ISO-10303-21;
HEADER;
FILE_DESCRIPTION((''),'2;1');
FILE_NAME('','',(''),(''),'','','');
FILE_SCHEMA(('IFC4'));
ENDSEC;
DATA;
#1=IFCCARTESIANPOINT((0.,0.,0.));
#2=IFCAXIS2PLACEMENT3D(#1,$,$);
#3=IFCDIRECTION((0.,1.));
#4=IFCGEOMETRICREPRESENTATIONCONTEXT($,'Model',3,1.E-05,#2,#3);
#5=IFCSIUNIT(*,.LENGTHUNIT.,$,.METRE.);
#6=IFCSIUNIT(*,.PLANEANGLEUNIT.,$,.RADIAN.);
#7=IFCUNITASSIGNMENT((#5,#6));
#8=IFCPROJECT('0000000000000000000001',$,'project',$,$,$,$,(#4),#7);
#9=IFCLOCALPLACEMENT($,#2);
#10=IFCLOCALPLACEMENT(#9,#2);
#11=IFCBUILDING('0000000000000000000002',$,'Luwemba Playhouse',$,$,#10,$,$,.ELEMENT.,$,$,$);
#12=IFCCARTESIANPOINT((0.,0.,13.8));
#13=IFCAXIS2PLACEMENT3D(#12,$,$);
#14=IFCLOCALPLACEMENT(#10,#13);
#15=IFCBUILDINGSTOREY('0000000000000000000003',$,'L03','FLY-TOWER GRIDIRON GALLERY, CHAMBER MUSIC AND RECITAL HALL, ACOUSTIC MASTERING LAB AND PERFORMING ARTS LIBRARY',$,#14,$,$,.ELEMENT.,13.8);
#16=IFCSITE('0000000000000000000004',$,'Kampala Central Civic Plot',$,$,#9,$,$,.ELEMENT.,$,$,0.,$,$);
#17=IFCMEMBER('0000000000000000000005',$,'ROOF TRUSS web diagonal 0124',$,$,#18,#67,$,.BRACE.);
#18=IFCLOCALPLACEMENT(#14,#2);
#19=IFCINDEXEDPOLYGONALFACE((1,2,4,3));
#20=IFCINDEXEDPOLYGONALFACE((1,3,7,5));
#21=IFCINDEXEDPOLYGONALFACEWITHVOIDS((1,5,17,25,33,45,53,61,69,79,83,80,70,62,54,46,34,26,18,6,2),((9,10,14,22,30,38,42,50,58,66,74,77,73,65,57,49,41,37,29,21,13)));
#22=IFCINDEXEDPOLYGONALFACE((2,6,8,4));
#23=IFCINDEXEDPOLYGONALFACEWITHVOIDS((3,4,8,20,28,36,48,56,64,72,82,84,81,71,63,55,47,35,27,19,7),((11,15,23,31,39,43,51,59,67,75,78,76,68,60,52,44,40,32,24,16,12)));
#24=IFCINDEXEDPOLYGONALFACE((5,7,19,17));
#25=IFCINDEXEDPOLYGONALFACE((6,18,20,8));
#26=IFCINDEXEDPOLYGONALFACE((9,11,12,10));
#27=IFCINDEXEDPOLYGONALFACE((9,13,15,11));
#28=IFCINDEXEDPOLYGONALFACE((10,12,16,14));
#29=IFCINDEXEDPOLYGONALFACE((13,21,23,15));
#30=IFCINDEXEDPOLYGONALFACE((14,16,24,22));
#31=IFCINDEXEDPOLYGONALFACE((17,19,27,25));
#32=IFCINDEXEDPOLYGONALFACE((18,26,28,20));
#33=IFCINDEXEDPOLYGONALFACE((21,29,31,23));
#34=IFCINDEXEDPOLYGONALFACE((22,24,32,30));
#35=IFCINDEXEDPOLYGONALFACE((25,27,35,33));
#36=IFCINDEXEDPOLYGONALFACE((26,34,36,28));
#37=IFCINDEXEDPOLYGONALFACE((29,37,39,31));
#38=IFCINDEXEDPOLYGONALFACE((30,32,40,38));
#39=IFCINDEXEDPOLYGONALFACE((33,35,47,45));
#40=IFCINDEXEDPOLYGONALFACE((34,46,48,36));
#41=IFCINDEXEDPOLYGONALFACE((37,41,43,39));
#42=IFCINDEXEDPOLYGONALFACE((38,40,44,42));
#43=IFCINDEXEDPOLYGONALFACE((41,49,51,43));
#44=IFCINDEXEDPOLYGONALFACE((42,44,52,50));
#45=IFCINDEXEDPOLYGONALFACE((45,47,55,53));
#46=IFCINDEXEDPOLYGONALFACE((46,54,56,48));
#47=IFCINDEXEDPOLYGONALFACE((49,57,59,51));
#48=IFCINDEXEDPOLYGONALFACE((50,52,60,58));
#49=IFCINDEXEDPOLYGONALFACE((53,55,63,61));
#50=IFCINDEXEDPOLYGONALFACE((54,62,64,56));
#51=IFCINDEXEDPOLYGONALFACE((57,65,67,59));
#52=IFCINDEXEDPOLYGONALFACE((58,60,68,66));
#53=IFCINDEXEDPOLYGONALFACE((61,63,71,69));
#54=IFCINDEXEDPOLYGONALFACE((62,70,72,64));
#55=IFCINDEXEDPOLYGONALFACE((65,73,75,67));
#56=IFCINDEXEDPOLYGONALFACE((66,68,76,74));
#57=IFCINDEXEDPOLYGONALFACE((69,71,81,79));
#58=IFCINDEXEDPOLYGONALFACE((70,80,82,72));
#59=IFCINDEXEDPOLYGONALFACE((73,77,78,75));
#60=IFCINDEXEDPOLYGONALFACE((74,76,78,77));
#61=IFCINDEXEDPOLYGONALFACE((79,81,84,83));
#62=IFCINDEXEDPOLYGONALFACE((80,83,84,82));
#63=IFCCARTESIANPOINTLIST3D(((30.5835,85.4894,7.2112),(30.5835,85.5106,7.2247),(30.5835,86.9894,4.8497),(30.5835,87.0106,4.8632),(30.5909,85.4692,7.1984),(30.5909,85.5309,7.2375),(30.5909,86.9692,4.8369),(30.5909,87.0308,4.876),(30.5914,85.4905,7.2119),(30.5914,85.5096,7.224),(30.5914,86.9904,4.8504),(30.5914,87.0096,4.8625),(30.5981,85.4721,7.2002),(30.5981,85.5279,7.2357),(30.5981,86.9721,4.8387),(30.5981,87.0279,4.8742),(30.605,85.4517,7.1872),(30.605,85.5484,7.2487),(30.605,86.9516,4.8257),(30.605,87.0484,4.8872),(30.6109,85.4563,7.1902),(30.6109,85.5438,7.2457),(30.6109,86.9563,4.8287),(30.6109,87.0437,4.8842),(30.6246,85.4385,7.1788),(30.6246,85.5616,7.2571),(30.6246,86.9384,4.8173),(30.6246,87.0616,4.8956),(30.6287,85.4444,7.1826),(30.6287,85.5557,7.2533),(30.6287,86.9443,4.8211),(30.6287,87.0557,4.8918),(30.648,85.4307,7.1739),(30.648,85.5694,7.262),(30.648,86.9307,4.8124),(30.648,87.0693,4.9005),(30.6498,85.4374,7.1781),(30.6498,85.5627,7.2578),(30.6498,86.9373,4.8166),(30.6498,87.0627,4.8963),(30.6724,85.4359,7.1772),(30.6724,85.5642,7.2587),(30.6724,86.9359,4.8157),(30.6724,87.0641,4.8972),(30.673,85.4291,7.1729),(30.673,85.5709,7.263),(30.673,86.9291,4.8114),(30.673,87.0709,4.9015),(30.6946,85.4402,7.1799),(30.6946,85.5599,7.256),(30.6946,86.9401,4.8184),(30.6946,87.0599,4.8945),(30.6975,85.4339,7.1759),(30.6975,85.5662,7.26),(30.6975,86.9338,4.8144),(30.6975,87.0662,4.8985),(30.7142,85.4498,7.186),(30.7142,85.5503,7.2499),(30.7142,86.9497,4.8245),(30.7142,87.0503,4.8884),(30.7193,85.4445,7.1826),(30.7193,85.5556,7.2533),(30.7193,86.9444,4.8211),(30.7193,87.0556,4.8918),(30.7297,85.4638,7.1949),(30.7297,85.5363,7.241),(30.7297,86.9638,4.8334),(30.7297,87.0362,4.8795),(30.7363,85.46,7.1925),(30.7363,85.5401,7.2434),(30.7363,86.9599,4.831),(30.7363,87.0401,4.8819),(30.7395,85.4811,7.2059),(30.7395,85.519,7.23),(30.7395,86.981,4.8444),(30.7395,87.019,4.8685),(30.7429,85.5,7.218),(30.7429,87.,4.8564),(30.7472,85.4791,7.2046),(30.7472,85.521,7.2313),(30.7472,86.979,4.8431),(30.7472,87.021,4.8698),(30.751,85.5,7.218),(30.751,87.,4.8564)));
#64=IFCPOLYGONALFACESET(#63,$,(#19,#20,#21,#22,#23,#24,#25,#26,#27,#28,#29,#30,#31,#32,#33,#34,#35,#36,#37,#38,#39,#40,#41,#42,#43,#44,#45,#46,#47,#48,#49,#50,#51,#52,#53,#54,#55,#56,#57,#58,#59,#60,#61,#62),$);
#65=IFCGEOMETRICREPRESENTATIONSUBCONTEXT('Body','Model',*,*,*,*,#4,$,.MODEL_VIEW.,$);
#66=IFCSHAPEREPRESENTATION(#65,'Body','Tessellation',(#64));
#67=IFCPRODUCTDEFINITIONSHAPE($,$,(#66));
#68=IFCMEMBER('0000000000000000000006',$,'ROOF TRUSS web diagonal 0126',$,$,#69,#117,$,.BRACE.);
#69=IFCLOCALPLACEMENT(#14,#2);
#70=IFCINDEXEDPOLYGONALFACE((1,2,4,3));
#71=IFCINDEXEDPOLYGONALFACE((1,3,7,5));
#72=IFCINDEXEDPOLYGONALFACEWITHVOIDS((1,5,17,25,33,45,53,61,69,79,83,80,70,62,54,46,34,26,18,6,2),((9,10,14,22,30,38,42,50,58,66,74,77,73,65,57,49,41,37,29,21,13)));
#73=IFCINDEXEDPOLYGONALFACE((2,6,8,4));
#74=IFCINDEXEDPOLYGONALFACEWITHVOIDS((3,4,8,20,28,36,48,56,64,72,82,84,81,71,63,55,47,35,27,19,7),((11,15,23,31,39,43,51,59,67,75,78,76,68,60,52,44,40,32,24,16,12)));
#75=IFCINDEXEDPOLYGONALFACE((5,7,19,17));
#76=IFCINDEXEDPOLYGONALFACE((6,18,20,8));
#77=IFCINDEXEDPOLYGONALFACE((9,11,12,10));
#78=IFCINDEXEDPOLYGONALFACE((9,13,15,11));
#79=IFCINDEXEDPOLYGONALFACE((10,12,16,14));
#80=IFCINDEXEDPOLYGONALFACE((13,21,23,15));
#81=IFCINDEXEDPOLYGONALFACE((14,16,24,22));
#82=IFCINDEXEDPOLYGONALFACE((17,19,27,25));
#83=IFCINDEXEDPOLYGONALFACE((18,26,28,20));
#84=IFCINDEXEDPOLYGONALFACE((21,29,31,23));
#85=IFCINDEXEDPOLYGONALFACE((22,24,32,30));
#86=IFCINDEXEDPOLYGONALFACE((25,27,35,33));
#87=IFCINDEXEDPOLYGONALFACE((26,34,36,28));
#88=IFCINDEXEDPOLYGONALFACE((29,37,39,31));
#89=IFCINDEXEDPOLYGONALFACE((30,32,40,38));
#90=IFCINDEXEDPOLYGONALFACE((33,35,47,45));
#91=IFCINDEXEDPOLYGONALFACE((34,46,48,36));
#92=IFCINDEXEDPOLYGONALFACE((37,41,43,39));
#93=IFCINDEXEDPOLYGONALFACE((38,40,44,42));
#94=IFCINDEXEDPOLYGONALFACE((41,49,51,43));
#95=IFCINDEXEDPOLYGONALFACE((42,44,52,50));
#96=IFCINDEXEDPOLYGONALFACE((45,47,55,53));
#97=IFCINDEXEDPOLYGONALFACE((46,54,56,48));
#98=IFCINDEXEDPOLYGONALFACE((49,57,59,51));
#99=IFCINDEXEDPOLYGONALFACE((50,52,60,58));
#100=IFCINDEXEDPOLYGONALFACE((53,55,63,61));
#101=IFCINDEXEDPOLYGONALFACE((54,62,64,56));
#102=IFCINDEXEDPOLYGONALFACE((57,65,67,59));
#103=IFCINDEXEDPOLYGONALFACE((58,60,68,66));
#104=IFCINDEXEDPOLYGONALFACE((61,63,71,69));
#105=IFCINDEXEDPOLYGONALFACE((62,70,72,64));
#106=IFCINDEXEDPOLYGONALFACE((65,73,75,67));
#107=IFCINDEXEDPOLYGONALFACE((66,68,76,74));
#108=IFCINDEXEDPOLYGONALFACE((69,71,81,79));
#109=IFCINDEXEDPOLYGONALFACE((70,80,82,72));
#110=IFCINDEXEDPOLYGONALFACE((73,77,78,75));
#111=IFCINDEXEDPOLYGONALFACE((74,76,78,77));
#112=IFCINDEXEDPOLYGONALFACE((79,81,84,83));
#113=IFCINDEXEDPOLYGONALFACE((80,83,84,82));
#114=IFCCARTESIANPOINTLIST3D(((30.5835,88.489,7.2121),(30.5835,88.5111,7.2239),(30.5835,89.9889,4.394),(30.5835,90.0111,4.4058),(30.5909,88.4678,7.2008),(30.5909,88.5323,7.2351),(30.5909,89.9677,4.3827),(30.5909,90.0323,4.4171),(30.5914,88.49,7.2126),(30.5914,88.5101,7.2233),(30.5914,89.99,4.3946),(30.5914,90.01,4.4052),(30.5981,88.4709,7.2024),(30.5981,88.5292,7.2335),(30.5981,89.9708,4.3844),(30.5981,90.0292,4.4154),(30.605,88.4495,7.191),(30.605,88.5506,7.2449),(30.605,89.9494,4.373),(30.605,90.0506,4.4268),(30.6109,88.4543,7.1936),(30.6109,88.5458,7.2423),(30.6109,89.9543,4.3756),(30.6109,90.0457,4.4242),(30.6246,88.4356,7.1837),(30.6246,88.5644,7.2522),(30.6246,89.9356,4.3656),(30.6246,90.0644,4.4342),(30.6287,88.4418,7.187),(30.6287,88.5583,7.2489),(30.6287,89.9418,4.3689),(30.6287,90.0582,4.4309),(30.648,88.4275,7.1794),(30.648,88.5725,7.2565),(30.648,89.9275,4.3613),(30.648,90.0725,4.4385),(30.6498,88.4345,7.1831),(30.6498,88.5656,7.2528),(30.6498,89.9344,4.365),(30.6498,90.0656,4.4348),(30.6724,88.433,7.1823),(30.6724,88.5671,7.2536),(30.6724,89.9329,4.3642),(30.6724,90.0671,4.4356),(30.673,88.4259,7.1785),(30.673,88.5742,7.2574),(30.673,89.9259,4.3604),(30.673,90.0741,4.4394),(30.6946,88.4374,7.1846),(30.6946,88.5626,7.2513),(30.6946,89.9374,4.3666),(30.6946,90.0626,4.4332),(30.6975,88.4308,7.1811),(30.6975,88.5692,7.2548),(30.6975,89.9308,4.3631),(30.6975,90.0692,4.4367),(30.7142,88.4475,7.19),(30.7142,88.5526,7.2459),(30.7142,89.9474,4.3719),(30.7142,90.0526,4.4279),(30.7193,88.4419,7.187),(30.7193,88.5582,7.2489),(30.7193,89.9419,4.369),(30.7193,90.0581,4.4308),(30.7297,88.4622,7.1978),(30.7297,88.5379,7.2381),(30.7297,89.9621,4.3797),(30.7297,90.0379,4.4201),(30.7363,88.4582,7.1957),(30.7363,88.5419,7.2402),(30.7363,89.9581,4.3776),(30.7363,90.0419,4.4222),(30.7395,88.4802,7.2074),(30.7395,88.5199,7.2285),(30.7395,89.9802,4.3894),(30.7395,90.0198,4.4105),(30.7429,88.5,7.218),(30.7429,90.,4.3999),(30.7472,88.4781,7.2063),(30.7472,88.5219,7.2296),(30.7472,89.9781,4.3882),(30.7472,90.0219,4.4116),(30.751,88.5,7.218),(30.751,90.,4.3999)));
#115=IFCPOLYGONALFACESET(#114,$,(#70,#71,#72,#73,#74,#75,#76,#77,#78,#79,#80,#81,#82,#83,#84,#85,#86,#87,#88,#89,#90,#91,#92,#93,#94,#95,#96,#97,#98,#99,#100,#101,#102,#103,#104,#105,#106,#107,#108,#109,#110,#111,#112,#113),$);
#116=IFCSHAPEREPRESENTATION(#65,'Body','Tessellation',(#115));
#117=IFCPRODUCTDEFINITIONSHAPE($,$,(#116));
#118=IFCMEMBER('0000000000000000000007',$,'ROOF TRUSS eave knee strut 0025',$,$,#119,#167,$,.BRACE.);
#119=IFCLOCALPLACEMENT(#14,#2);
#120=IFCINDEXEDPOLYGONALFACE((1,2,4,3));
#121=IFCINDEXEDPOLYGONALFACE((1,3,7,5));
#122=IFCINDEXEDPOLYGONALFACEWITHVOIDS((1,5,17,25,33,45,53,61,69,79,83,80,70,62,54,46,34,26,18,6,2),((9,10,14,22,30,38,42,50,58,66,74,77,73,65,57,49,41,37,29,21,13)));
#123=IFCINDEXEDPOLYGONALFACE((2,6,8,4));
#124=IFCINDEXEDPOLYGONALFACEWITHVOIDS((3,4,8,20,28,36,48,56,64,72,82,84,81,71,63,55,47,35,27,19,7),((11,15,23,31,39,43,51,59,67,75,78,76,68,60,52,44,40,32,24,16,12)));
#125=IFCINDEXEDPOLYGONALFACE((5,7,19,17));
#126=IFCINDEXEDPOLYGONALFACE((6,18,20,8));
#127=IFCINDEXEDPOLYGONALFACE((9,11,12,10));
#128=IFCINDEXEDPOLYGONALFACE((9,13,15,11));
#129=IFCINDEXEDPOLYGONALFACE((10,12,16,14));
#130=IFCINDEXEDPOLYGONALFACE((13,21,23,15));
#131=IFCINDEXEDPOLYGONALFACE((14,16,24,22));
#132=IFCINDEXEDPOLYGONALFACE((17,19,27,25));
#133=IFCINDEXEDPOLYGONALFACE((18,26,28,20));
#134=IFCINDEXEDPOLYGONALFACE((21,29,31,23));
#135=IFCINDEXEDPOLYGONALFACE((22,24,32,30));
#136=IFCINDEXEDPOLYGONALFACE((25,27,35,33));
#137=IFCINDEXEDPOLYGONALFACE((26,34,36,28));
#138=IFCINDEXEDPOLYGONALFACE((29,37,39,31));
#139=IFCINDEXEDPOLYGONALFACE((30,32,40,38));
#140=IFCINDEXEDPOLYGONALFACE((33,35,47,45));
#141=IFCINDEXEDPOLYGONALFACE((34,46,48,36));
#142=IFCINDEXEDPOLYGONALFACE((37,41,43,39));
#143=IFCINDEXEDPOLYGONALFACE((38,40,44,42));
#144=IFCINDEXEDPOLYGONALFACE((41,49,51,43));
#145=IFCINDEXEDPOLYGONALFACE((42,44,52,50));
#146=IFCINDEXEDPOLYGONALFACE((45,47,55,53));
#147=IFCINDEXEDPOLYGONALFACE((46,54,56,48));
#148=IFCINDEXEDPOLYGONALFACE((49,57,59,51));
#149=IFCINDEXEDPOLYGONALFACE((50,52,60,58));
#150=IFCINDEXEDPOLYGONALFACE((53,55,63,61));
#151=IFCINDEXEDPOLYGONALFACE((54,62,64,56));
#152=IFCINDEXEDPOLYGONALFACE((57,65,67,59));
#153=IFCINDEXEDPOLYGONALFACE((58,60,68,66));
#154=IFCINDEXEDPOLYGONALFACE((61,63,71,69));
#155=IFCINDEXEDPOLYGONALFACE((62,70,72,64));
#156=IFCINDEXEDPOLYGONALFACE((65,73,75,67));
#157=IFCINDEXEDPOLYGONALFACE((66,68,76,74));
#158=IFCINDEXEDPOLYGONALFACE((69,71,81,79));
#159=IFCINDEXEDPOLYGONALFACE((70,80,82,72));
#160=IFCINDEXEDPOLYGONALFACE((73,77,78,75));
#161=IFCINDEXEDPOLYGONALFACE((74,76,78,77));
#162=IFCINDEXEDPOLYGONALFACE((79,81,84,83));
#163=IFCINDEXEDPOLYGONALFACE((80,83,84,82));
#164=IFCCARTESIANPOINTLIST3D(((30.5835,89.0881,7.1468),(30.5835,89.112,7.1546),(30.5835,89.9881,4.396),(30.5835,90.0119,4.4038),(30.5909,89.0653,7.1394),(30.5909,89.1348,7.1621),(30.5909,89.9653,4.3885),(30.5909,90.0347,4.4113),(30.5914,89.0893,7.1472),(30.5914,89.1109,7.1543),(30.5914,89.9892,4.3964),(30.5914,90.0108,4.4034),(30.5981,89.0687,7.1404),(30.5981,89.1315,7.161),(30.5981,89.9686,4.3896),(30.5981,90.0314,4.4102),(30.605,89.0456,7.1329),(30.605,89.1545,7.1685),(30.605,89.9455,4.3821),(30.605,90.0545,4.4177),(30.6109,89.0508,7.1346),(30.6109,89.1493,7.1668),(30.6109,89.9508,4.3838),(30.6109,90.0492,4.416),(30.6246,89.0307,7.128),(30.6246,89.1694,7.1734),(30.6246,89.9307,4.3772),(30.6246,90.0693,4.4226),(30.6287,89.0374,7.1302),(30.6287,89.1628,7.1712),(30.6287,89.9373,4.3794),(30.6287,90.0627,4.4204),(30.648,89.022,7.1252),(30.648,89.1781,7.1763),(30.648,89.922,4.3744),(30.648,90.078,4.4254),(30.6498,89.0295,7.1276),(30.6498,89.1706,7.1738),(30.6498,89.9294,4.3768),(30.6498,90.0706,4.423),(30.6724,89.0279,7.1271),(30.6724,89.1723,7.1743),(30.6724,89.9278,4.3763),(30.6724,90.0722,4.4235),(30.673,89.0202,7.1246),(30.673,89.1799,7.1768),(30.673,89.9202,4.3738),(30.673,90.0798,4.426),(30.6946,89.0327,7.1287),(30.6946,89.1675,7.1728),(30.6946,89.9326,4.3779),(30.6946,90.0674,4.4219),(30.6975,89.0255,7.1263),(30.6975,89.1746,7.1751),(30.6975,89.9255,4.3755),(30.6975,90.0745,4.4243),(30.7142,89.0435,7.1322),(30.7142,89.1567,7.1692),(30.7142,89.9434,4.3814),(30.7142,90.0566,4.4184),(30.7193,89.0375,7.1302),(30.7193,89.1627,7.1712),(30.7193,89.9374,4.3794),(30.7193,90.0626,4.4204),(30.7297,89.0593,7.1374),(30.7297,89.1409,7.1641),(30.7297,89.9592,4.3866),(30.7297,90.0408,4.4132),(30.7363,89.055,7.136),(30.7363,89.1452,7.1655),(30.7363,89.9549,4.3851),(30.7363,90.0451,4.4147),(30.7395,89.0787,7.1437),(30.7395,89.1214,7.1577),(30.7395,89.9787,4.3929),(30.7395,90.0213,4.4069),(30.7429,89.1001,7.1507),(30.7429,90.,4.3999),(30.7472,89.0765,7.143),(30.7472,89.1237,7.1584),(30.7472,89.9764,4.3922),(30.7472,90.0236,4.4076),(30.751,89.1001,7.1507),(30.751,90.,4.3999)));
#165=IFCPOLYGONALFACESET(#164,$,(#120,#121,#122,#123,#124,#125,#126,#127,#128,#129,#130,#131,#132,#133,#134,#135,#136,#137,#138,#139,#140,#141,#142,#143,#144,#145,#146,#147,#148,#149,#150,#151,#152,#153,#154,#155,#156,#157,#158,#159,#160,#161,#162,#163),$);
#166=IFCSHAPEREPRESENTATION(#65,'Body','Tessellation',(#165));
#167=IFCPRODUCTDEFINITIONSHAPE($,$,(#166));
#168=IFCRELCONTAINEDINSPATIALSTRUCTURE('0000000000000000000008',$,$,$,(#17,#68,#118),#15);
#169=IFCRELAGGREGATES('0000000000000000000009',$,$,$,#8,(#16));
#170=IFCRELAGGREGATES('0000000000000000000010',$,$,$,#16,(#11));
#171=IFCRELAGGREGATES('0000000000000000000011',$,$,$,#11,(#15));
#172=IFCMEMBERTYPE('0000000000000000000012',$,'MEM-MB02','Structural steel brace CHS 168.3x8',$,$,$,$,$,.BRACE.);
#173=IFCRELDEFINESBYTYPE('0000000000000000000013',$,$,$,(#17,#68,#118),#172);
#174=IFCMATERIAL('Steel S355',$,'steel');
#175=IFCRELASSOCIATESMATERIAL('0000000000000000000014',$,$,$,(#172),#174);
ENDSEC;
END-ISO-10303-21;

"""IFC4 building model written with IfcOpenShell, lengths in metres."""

from ifc_helpers import new_model, si_unit, direction, frame, origin, origin_2d, place, context, subcontext, project, spatial, hollow_circle, extrude, material, material_profile, profile_set, type_object, element, save


model = new_model("IFC4")

# Units and contexts
model_context = context("Model", 3, precision=1e-05, world=origin(), true_north=direction((0.0, 1.0)))
body_context = subcontext(model_context, "Body", "Model", "MODEL_VIEW")
ifc_project = project(units=[si_unit("LENGTHUNIT", "METRE"), si_unit("PLANEANGLEUNIT", "RADIAN")], contexts=[model_context])

# Site, building, storey
site_placement = place(None, origin())
site = spatial("IfcSite", under=ifc_project, at=site_placement, Name="Kampala Central Civic Plot", CompositionType="ELEMENT", RefElevation=0.0)
building_placement = place(site_placement, origin())
building = spatial("IfcBuilding", under=site, at=building_placement, Name="Luwemba Playhouse", CompositionType="ELEMENT")
storey_placement = place(building_placement, frame((0.0, 0.0, 13.8)))
storey = spatial("IfcBuildingStorey", under=building, at=storey_placement, Name="L03", Description="FLY-TOWER GRIDIRON GALLERY, CHAMBER MUSIC AND RECITAL HALL, ACOUSTIC MASTERING LAB AND PERFORMING ARTS LIBRARY", CompositionType="ELEMENT", Elevation=13.8)

# Shared definitions
ifc_material_1 = material(Name="Steel S355", Category="steel")

# Members
ifc_material_profile_1 = material_profile(ifc_material_1, hollow_circle(Radius=0.0842, WallThickness=0.0081, at=origin_2d()))
ifc_profile_set_1 = profile_set([ifc_material_profile_1], Name="Steel S355")
member_type_1 = type_object("IfcMemberType", Name="MEM-MB02", Description="Structural steel brace CHS 168.3x8", PredefinedType="BRACE", material=ifc_profile_set_1)
member_1_placement = place(storey_placement, frame((30.6667, 87.0, 4.8564), z_axis=(0.0, -0.536158, 0.844118), x_axis=(1.0, 0.0, 0.0)))
element("IfcMember", 1, at=member_1_placement, inside=storey, type_object=member_type_1, Name="ROOF TRUSS web diagonal 0124", PredefinedType="BRACE", context=body_context, shape_type="SweptSolid", body=[
    extrude(hollow_circle(Radius=0.0842, WallThickness=0.0081, at=origin_2d()), origin(), (0.0, 0.0, 1.0), 2.7976),
])
member_2_placement = place(storey_placement, frame((30.6667, 90.0, 4.3999), z_axis=(0.0, -0.469858, 0.882742), x_axis=(1.0, 0.0, 0.0)))
element("IfcMember", 2, at=member_2_placement, inside=storey, type_object=member_type_1, Name="ROOF TRUSS web diagonal 0126", PredefinedType="BRACE", context=body_context, shape_type="SweptSolid", body=[
    extrude(hollow_circle(Radius=0.0842, WallThickness=0.0081, at=origin_2d()), origin(), (0.0, 0.0, 1.0), 3.1924),
])
member_3_placement = place(storey_placement, frame((30.6667, 90.0, 4.3999), z_axis=(0.0, -0.310934, 0.950432), x_axis=(1.0, 0.0, 0.0)))
element("IfcMember", 3, at=member_3_placement, inside=storey, type_object=member_type_1, Name="ROOF TRUSS eave knee strut 0025", PredefinedType="BRACE", context=body_context, shape_type="SweptSolid", body=[
    extrude(hollow_circle(Radius=0.0842, WallThickness=0.0081, at=origin_2d()), origin(), (0.0, 0.0, 1.0), 2.8943),
])

save(model, "model.ifc")
